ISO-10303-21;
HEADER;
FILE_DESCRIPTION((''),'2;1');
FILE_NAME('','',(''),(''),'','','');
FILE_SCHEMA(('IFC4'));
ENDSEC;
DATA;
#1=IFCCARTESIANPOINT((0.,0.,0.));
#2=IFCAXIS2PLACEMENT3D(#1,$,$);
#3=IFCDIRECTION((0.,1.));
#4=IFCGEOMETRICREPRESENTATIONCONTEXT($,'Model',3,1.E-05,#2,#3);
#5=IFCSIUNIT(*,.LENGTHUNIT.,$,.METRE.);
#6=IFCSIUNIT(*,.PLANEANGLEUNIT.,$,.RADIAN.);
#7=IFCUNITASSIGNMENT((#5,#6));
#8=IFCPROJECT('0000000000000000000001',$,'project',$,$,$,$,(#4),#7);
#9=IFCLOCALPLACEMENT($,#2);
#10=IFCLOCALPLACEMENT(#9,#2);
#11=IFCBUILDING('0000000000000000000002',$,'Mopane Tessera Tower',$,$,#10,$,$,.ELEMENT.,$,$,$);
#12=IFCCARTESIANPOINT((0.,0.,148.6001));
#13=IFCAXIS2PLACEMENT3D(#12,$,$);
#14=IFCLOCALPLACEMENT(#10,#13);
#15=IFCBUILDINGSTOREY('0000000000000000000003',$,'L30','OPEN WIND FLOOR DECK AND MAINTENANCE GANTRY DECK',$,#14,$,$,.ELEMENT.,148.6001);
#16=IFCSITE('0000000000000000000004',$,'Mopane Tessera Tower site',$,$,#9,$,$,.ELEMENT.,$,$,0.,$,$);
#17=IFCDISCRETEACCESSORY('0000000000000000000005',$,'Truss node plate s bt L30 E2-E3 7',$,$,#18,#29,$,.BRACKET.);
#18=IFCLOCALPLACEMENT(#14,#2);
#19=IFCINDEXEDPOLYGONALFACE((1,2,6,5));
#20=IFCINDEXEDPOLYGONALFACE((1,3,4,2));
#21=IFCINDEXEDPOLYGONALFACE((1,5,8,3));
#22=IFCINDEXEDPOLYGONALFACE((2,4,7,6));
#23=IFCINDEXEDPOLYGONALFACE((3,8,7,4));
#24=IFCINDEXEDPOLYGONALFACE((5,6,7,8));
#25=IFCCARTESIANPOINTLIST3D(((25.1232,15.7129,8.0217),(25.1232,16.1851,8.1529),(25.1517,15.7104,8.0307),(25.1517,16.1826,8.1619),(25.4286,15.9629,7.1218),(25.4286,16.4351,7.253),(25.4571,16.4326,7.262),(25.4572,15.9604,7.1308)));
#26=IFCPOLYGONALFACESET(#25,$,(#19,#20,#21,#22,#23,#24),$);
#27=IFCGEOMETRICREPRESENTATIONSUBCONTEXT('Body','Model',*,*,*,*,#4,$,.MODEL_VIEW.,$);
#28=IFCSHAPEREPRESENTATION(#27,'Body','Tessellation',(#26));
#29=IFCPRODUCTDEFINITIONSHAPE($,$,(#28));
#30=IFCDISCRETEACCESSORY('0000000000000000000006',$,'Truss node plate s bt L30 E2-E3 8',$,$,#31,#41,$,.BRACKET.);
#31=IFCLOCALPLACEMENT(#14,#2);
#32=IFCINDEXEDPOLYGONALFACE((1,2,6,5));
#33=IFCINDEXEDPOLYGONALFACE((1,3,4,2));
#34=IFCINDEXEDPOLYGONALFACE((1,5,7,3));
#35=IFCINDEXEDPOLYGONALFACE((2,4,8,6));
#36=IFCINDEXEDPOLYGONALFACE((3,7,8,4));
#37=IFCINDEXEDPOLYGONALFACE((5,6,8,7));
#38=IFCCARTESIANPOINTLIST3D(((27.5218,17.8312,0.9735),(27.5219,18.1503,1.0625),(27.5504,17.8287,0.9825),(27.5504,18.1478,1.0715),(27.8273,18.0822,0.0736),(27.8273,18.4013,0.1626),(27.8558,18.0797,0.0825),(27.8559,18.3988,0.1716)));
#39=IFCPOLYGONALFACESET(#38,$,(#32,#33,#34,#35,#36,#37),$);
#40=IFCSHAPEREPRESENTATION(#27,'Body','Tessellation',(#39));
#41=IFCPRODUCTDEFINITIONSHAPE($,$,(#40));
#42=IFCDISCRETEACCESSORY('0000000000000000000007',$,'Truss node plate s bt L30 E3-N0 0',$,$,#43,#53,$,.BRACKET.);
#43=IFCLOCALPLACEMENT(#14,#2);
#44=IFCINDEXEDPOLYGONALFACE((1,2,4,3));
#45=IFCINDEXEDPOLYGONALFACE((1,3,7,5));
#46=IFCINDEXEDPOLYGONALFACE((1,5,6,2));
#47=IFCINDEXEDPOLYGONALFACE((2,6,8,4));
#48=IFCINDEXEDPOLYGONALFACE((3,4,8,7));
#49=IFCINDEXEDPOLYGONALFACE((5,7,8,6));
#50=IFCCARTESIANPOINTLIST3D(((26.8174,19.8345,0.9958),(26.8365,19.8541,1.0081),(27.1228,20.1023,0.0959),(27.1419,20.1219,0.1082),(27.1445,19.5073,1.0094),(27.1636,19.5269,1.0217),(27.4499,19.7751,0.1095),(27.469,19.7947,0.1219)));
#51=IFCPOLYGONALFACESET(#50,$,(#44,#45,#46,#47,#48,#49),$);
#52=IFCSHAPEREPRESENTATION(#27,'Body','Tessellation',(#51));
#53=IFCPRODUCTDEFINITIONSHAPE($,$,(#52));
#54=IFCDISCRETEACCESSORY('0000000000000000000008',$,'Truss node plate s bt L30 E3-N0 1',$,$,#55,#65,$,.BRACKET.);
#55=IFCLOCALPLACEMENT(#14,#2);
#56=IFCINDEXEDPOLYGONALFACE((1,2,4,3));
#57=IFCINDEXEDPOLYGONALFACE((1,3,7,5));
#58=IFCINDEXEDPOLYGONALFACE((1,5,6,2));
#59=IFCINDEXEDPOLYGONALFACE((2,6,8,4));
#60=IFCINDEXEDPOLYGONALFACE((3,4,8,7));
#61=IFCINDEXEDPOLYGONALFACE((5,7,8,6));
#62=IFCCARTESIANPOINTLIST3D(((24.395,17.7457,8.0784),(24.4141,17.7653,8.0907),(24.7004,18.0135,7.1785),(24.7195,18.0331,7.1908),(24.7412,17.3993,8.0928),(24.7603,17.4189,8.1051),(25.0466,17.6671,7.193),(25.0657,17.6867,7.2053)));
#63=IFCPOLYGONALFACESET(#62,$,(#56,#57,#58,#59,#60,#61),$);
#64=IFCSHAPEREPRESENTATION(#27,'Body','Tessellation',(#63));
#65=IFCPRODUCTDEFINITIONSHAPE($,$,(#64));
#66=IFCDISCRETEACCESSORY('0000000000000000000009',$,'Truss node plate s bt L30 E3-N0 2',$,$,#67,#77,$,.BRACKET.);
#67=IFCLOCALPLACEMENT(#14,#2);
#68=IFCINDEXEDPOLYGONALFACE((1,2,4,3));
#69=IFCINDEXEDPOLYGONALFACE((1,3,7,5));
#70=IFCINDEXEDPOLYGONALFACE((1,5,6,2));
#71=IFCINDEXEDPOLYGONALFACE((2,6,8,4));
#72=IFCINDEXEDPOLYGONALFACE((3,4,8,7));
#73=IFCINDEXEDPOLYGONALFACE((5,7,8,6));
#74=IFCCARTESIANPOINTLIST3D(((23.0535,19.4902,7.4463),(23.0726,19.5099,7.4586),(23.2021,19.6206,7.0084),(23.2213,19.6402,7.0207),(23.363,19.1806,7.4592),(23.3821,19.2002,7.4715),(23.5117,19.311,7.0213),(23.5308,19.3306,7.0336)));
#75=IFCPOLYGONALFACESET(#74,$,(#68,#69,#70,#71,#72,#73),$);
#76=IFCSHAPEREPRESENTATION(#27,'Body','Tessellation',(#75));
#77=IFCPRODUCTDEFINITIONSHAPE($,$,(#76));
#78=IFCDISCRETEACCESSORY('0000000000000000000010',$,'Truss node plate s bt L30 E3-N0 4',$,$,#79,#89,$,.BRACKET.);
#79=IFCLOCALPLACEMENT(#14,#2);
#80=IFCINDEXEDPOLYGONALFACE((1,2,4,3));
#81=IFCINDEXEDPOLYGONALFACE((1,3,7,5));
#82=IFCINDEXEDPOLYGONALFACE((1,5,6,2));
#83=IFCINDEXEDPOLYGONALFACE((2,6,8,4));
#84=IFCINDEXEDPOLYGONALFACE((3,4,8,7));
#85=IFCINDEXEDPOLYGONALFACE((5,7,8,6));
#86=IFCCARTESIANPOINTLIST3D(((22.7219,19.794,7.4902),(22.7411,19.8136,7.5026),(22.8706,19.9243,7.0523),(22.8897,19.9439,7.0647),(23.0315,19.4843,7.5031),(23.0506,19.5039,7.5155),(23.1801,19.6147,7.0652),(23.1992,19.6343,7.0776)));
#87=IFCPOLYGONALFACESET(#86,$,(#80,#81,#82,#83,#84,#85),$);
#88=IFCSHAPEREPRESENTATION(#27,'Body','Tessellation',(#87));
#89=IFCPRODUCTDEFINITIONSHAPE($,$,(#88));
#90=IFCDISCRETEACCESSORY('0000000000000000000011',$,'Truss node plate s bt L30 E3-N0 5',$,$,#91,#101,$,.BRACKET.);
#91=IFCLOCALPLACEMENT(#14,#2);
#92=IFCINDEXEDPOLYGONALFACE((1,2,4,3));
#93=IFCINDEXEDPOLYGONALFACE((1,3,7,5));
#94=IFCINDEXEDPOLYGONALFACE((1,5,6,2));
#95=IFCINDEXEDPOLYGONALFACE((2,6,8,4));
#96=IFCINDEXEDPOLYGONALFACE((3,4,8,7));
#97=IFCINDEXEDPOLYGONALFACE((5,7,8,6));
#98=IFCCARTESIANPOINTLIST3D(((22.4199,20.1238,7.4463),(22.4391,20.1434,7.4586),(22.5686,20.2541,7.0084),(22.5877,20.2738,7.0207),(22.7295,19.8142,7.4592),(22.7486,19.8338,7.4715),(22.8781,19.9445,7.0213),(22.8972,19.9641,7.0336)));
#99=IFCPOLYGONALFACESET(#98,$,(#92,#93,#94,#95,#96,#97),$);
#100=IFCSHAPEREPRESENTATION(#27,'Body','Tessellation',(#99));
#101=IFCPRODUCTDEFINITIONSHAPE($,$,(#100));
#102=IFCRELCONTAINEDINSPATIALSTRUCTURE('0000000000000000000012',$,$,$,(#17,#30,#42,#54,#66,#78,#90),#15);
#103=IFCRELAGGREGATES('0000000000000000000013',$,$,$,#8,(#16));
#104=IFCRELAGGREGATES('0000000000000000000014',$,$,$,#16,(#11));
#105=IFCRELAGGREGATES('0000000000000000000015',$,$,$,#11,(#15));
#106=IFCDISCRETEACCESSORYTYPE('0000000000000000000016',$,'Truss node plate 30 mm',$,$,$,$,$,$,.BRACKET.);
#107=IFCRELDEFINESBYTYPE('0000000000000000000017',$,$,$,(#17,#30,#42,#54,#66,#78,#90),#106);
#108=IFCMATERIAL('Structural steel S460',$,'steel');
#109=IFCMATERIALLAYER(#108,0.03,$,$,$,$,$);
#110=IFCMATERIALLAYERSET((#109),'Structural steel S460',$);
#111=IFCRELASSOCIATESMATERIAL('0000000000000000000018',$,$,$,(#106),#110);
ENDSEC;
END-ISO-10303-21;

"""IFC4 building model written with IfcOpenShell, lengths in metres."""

from ifc_helpers import new_model, si_unit, direction, frame, origin, origin_2d, place, context, subcontext, project, spatial, rectangle, extrude, material, layer, layer_set, type_object, element, save


model = new_model("IFC4")

# Units and contexts
model_context = context("Model", 3, precision=1e-05, world=origin(), true_north=direction((0.0, 1.0)))
body_context = subcontext(model_context, "Body", "Model", "MODEL_VIEW")
ifc_project = project(units=[si_unit("LENGTHUNIT", "METRE"), si_unit("PLANEANGLEUNIT", "RADIAN")], contexts=[model_context])

# Site, building, storey
site_placement = place(None, origin())
site = spatial("IfcSite", under=ifc_project, at=site_placement, Name="Mopane Tessera Tower site", CompositionType="ELEMENT", RefElevation=0.0)
building_placement = place(site_placement, origin())
building = spatial("IfcBuilding", under=site, at=building_placement, Name="Mopane Tessera Tower", CompositionType="ELEMENT")
storey_placement = place(building_placement, frame((0.0, 0.0, 148.6001)))
storey = spatial("IfcBuildingStorey", under=building, at=storey_placement, Name="L30", Description="OPEN WIND FLOOR DECK AND MAINTENANCE GANTRY DECK", CompositionType="ELEMENT", Elevation=148.6001)

# Discrete accessories
ifc_material_1 = material(Name="Structural steel S460", Category="steel")
ifc_layer_1 = layer(ifc_material_1, 0.03)
ifc_layer_set_1 = layer_set([ifc_layer_1], Name="Structural steel S460")
discrete_accessory_type = type_object("IfcDiscreteAccessoryType", Name="Truss node plate 30 mm", PredefinedType="BRACKET", material=ifc_layer_set_1)
discrete_accessory_1_placement = place(storey_placement, frame((25.4429, 16.1978, 7.1919), z_axis=(-0.310812, -0.254413, 0.915789), x_axis=(-0.950471, 0.083117, -0.299492)))
element("IfcDiscreteAccessory", 1, at=discrete_accessory_1_placement, inside=storey, type_object=discrete_accessory_type, Name="Truss node plate s bt L30 E2-E3 7", PredefinedType="BRACKET", context=body_context, shape_type="SweptSolid", body=[
    extrude(rectangle(XDim=0.03, YDim=0.49, at=origin_2d()), origin(), (0.0, 0.0, 1.0), 0.9827),
])
discrete_accessory_2_placement = place(storey_placement, frame((27.8416, 18.2405, 0.1226), z_axis=(-0.310733, -0.255343, 0.915557), x_axis=(-0.950497, 0.083642, -0.299264)))
element("IfcDiscreteAccessory", 2, at=discrete_accessory_2_placement, inside=storey, type_object=discrete_accessory_type, Name="Truss node plate s bt L30 E2-E3 8", PredefinedType="BRACKET", context=body_context, shape_type="SweptSolid", body=[
    extrude(rectangle(XDim=0.03, YDim=0.3313, at=origin_2d()), origin(), (0.0, 0.0, 1.0), 0.9829),
])
discrete_accessory_3_placement = place(storey_placement, frame((27.2959, 19.9485, 0.1089), z_axis=(-0.309337, -0.271257, 0.911444), x_axis=(-0.636314, -0.653225, -0.410368)))
element("IfcDiscreteAccessory", 3, at=discrete_accessory_3_placement, inside=storey, type_object=discrete_accessory_type, Name="Truss node plate s bt L30 E3-N0 0", PredefinedType="BRACKET", context=body_context, shape_type="SweptSolid", body=[
    extrude(rectangle(XDim=0.03, YDim=0.4629, at=origin_2d()), origin(), (0.0, 0.0, 1.0), 0.9873),
])
discrete_accessory_4_placement = place(storey_placement, frame((24.8831, 17.8501, 7.1919), z_axis=(-0.309337, -0.271257, 0.911444), x_axis=(-0.636314, -0.653225, -0.410368)))
element("IfcDiscreteAccessory", 4, at=discrete_accessory_4_placement, inside=storey, type_object=discrete_accessory_type, Name="Truss node plate s bt L30 E3-N0 1", PredefinedType="BRACKET", context=body_context, shape_type="SweptSolid", body=[
    extrude(rectangle(XDim=0.03, YDim=0.49, at=origin_2d()), origin(), (0.0, 0.0, 1.0), 0.9873),
])
for number, where, z_axis, x_axis, name in (
    (5, (23.3665, 19.4756, 7.021), (-0.309393, -0.271291, 0.911415), (-0.636311, -0.653187, -0.410432), "Truss node plate s bt L30 E3-N0 2"),
    (6, (23.0349, 19.7793, 7.0649), (-0.309393, -0.271291, 0.911415), (-0.636311, -0.653187, -0.410432), "Truss node plate s bt L30 E3-N0 4"),
    (7, (22.7329, 20.1091, 7.021), (-0.309393, -0.271291, 0.911415), (-0.636311, -0.653187, -0.410432), "Truss node plate s bt L30 E3-N0 5"),
):
    element("IfcDiscreteAccessory", number, at=place(storey_placement, frame(where, z_axis=z_axis, x_axis=x_axis)), inside=storey, type_object=discrete_accessory_type, Name=name, PredefinedType="BRACKET", context=body_context, shape_type="SweptSolid", body=[
        extrude(rectangle(XDim=0.03, YDim=0.438, at=origin_2d()), origin(), (0.0, 0.0, 1.0), 0.4805),
    ])

save(model, "model.ifc")
